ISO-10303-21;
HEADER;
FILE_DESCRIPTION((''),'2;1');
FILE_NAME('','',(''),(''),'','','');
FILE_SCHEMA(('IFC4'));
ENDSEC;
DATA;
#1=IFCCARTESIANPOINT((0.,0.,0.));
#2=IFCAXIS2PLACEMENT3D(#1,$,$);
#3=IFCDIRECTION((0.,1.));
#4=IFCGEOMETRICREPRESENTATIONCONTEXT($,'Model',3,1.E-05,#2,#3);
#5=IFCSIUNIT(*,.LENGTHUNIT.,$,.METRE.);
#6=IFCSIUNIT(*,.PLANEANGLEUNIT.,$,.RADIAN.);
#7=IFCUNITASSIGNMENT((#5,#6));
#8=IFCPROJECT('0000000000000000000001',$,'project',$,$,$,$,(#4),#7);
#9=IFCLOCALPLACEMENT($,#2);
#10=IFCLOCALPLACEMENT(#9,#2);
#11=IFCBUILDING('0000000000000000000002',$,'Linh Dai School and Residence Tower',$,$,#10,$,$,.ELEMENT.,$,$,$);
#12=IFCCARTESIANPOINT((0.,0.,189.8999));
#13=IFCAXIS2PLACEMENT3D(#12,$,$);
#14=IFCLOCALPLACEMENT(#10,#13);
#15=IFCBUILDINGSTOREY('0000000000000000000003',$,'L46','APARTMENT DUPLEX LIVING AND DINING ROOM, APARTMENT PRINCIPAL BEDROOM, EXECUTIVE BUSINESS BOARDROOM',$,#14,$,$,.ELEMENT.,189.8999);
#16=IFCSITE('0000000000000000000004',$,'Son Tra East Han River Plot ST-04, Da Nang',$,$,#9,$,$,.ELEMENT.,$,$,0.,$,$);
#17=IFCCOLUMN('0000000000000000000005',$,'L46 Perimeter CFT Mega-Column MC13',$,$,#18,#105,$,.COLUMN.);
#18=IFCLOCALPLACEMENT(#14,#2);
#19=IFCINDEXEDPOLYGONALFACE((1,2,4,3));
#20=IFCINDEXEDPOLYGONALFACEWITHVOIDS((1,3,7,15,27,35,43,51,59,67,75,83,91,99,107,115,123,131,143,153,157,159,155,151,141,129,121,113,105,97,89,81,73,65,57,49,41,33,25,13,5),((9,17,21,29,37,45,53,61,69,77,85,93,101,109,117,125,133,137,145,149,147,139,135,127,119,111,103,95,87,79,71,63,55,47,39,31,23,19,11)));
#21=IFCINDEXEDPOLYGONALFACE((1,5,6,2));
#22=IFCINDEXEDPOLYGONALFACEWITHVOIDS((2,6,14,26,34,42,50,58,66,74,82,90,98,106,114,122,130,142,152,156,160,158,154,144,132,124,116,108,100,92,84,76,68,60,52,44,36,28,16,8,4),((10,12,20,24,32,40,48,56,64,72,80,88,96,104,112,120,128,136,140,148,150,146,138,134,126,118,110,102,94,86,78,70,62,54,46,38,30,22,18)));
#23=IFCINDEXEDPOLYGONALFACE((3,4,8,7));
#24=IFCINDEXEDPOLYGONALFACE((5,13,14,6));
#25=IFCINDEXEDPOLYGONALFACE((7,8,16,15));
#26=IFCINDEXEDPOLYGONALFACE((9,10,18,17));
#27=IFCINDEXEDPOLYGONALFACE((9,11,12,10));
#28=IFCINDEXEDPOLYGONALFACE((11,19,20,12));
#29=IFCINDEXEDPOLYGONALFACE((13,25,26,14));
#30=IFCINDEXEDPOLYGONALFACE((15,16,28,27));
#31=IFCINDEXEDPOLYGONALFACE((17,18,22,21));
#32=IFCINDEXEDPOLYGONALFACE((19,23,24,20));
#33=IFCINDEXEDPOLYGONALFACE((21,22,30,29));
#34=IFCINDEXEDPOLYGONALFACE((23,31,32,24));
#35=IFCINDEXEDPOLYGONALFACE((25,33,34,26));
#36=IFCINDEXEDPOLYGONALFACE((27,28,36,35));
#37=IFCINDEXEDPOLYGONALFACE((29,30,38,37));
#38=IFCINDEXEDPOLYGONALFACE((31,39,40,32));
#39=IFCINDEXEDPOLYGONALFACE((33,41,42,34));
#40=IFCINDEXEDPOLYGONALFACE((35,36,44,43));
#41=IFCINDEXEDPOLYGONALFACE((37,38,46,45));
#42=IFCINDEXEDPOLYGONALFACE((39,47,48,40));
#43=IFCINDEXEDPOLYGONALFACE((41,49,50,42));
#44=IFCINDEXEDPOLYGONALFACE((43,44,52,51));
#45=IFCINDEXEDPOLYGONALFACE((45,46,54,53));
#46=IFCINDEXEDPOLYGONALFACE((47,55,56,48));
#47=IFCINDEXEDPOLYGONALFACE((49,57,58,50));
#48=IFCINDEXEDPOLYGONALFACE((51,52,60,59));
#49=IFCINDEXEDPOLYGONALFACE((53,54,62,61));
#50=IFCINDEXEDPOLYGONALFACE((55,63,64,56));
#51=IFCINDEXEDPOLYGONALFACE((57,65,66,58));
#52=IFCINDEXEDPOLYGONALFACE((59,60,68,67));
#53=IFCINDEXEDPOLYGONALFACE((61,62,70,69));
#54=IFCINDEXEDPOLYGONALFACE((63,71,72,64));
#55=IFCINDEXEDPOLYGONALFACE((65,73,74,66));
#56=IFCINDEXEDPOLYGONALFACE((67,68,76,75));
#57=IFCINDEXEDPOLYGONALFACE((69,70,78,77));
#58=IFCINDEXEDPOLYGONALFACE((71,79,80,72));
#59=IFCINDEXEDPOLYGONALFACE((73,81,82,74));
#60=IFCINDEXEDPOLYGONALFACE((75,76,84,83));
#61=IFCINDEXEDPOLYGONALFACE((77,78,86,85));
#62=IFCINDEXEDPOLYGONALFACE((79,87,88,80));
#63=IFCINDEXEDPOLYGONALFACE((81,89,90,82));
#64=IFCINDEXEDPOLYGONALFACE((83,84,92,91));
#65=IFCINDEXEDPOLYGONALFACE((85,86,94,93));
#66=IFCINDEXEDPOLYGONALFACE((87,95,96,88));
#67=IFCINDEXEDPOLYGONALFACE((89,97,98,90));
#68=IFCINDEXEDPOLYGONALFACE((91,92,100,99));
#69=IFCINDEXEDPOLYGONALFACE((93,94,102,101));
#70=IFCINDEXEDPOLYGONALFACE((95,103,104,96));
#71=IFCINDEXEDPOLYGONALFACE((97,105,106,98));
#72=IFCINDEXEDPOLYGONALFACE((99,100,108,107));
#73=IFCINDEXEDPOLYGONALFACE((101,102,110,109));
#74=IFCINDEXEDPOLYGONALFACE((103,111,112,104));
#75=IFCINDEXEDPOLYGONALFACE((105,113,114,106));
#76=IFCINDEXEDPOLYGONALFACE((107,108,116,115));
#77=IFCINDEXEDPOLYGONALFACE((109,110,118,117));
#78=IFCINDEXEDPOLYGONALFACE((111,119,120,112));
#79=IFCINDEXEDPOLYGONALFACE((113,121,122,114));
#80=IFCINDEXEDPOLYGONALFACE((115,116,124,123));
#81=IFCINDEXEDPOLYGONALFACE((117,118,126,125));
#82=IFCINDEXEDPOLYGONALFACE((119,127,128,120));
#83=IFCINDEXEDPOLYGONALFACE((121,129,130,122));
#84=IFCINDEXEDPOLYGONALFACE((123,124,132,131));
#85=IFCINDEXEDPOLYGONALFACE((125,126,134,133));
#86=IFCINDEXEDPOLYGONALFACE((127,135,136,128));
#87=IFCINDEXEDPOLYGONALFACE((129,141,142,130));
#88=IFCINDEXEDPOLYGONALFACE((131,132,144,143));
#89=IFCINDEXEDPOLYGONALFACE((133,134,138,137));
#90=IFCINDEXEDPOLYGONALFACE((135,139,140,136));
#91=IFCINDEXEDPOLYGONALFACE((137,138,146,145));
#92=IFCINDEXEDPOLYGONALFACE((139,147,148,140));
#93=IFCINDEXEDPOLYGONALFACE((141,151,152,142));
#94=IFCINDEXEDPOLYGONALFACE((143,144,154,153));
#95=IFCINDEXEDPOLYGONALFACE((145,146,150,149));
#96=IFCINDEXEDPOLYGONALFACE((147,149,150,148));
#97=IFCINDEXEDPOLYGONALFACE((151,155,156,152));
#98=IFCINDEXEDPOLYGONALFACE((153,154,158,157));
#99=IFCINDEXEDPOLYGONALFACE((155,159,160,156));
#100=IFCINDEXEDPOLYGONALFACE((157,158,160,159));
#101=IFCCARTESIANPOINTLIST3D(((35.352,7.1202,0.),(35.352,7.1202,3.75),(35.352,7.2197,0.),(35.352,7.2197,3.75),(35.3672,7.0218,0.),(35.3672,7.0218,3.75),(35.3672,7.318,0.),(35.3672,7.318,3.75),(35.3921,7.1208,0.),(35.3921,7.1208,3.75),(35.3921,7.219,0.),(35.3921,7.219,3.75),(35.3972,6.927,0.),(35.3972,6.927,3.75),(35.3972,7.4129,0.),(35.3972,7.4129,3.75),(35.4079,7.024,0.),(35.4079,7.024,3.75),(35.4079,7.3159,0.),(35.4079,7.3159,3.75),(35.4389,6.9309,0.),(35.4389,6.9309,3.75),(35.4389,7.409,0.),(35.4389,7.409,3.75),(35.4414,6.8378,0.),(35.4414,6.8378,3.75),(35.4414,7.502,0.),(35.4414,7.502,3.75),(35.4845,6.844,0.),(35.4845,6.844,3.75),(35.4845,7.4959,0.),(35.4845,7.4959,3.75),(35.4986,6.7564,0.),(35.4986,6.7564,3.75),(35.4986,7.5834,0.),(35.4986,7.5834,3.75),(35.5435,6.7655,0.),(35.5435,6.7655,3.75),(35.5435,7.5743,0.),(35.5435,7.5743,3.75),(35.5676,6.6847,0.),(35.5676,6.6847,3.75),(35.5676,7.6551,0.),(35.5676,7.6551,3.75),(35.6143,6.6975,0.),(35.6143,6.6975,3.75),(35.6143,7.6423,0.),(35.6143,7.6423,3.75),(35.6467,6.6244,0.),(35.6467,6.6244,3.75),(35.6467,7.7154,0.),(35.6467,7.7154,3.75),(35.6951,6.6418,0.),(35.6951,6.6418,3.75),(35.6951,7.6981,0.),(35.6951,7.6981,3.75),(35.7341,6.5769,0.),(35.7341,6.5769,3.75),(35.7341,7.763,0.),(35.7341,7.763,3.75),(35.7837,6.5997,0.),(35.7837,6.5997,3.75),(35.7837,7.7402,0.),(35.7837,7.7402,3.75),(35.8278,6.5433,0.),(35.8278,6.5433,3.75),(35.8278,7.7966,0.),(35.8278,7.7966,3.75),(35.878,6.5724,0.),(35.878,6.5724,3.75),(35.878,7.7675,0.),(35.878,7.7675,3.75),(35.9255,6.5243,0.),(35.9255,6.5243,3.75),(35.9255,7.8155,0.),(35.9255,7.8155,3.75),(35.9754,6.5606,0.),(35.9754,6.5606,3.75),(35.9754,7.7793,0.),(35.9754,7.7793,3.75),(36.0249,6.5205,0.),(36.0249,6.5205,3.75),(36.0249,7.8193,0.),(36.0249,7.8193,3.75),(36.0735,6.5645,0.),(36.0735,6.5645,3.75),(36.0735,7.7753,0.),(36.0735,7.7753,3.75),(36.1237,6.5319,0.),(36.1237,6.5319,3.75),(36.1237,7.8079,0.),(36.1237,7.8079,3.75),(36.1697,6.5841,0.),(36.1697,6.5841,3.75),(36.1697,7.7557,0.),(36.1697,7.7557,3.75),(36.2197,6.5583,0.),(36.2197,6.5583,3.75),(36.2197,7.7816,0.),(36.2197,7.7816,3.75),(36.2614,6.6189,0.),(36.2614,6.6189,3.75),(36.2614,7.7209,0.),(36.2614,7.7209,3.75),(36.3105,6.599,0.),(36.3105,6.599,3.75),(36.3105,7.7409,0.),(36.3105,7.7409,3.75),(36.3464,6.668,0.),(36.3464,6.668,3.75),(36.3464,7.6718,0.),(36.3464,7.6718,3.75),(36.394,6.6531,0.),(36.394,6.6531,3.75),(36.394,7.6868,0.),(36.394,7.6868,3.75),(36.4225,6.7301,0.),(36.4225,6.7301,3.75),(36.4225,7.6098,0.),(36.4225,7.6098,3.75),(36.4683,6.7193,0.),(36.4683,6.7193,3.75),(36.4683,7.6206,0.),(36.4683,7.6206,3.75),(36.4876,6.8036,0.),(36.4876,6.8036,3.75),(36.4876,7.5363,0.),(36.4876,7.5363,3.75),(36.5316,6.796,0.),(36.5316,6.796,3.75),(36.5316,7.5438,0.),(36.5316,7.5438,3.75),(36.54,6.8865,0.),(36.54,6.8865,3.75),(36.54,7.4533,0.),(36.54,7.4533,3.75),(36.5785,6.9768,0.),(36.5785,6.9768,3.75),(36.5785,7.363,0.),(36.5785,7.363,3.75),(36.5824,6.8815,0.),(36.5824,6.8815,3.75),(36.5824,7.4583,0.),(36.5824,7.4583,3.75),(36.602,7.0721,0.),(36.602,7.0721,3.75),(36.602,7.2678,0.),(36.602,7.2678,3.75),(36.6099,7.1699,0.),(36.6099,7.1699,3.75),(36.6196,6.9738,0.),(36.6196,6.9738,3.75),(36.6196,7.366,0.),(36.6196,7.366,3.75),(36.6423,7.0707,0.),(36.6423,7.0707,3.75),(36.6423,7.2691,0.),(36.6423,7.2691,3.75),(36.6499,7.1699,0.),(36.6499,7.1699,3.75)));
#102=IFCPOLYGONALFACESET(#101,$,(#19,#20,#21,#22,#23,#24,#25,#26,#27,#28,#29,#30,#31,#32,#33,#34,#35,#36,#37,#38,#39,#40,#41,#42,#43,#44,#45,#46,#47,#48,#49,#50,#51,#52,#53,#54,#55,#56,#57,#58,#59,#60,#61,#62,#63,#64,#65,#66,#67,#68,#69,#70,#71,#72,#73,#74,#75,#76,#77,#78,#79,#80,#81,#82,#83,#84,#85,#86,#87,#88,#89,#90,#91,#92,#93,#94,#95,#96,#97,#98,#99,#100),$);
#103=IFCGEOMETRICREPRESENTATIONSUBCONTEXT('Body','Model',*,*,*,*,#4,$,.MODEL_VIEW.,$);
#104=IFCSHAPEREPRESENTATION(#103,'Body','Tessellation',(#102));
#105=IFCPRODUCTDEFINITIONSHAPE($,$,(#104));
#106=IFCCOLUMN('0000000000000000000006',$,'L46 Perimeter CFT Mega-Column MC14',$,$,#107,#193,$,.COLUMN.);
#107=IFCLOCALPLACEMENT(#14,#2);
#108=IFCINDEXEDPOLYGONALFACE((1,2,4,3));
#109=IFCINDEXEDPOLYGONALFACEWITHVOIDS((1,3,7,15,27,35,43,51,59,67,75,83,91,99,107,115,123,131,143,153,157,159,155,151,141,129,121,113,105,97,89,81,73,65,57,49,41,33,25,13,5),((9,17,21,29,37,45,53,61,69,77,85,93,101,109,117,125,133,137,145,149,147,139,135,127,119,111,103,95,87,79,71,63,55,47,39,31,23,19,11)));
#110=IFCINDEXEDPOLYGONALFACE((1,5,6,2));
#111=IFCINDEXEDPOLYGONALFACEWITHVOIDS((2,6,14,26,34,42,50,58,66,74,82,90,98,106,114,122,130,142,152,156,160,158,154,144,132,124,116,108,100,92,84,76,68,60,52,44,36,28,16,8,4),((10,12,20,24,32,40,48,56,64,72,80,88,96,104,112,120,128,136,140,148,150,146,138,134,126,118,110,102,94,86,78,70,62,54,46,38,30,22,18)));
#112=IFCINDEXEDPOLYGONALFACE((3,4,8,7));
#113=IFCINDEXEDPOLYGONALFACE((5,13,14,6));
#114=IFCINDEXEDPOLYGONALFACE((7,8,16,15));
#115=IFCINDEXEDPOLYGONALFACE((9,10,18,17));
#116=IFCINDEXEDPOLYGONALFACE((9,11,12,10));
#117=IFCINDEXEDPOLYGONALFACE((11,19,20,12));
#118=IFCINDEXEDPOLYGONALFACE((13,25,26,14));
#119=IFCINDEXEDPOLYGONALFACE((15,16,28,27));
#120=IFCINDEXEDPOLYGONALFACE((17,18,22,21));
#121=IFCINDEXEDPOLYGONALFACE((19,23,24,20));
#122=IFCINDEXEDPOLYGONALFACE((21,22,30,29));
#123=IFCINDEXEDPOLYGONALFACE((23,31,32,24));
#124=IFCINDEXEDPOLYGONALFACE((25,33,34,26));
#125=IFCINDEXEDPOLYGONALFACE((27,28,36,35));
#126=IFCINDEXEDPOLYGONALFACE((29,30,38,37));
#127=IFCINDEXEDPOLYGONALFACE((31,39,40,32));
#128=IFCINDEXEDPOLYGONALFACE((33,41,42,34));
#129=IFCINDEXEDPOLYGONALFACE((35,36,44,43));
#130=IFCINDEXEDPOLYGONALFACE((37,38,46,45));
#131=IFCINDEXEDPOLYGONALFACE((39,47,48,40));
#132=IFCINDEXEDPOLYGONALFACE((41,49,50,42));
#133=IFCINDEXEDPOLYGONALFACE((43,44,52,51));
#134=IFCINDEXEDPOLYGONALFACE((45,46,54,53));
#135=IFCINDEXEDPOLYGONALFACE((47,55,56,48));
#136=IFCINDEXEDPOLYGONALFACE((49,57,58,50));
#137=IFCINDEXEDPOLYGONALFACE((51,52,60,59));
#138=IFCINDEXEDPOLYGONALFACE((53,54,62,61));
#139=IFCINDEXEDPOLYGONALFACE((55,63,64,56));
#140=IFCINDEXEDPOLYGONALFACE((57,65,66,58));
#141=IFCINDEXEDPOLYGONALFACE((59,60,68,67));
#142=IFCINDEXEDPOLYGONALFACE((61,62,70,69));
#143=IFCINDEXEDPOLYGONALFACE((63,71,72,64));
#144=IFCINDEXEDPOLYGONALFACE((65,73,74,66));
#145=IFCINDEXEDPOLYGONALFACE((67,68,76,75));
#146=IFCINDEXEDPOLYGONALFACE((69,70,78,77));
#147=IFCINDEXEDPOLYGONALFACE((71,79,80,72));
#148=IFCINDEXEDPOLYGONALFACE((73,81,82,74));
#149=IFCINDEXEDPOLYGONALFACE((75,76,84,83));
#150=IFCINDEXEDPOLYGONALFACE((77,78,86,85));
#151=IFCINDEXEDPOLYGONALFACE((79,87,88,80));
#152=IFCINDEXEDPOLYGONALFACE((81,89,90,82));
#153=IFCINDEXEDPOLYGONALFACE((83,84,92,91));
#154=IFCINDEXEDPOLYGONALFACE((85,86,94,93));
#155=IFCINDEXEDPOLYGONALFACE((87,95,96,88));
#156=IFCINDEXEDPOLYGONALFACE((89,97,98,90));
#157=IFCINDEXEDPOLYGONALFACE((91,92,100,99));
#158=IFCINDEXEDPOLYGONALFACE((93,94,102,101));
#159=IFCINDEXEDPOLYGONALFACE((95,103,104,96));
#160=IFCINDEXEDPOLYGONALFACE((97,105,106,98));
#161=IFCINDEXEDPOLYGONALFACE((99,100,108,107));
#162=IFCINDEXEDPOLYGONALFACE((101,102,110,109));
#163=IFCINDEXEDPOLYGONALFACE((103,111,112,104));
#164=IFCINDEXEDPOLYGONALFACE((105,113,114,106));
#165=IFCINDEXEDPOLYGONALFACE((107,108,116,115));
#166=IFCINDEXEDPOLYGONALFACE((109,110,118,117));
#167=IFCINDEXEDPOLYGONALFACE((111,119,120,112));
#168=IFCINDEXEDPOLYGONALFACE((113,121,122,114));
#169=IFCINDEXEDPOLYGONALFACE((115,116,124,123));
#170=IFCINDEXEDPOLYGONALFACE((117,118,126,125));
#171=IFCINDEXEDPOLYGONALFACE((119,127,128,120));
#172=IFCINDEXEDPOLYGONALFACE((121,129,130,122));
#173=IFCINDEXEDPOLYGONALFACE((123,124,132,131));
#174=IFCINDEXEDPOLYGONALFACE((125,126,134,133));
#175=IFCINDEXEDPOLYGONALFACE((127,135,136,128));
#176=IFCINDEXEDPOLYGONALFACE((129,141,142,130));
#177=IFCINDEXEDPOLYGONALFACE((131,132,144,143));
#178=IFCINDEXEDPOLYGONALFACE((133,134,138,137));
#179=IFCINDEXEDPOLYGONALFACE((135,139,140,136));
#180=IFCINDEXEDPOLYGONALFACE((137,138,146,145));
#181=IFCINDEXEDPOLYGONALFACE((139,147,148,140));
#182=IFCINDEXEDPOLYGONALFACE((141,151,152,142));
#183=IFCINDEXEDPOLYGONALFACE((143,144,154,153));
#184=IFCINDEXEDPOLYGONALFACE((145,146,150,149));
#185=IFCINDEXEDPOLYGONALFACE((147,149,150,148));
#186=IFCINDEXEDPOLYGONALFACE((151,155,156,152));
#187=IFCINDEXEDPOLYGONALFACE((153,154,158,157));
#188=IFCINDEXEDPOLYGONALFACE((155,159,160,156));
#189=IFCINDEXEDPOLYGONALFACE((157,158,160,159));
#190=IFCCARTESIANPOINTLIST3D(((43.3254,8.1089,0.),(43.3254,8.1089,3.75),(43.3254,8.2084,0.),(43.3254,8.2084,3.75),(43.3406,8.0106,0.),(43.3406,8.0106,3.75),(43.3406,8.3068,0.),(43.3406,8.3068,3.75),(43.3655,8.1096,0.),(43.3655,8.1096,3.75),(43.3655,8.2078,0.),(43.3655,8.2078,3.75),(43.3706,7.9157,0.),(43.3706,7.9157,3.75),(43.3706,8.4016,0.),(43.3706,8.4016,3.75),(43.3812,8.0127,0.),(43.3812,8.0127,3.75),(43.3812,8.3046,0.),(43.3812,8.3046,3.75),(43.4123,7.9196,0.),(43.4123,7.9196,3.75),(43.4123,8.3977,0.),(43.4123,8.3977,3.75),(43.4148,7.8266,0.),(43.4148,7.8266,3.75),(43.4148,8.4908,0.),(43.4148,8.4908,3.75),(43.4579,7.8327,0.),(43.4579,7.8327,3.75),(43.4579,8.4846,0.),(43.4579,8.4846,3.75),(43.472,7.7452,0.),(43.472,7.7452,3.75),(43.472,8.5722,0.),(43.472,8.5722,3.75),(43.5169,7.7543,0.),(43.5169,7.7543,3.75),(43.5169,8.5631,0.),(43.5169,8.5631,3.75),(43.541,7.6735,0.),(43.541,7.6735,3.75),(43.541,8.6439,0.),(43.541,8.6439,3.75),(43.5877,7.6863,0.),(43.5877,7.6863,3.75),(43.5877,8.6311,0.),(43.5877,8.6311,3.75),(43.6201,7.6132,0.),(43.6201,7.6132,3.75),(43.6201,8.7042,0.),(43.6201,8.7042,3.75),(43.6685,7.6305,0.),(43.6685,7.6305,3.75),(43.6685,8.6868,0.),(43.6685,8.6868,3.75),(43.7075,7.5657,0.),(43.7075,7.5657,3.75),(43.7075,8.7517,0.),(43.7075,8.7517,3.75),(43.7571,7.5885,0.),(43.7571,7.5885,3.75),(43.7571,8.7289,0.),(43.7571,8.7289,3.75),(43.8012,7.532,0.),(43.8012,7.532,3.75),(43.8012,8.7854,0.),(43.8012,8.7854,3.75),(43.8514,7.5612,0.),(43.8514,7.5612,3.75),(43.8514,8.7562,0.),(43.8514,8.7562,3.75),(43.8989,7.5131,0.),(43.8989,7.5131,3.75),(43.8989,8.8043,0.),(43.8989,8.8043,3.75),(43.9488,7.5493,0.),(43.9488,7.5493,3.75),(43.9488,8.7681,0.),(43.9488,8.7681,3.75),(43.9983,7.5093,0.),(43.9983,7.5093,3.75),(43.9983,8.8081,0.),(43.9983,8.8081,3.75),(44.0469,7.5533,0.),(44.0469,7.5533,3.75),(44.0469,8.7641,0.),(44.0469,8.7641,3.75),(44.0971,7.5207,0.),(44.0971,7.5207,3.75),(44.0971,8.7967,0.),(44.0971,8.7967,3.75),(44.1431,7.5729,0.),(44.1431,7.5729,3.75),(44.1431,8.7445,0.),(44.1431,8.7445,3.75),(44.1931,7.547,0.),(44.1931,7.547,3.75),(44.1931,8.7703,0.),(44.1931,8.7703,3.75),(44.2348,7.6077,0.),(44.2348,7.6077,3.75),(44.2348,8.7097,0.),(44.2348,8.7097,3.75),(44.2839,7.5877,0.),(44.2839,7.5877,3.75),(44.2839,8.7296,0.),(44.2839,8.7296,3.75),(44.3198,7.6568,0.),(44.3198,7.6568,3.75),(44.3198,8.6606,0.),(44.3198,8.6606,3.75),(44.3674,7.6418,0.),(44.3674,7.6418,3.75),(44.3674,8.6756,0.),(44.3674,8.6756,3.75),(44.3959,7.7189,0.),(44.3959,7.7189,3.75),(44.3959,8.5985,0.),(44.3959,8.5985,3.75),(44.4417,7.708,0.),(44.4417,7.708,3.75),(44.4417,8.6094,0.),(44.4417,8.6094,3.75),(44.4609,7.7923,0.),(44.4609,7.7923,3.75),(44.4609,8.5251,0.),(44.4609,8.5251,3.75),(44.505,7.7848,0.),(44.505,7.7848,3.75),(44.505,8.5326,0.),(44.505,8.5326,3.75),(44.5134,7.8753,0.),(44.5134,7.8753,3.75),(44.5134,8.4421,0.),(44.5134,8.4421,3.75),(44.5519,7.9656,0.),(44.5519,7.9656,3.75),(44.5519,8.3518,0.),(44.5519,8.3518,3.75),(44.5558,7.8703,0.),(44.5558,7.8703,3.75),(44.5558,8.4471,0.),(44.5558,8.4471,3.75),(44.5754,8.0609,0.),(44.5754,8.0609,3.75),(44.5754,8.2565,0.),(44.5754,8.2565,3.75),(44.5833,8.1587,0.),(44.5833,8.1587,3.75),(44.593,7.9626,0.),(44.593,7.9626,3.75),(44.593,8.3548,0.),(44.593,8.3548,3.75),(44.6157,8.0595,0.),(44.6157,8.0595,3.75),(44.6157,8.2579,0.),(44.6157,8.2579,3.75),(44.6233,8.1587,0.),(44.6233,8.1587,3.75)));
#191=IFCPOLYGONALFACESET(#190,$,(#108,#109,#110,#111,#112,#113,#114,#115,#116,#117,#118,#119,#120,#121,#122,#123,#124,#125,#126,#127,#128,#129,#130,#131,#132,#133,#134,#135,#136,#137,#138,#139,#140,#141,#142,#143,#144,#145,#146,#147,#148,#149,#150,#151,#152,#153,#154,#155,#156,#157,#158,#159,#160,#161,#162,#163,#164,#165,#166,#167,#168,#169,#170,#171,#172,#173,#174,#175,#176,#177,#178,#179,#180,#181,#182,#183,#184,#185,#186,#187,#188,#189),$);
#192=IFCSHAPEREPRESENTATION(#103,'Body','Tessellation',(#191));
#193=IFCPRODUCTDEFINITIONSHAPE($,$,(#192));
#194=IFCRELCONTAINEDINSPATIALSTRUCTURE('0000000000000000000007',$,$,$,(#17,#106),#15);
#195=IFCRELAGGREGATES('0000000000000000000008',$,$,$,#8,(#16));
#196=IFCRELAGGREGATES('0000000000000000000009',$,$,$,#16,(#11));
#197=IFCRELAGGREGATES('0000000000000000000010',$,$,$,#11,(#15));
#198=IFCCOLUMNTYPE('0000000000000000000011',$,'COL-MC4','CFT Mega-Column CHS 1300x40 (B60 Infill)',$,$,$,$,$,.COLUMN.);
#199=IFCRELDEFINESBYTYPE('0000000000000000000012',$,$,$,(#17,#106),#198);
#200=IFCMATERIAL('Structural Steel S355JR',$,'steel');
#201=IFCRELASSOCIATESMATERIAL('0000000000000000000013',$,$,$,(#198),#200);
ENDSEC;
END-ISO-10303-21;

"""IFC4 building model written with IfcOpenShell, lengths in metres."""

from ifc_helpers import new_model, si_unit, direction, frame, origin, origin_2d, place, context, subcontext, project, spatial, hollow_circle, extrude, material, material_profile, profile_set, type_object, element, save


model = new_model("IFC4")

# Units and contexts
model_context = context("Model", 3, precision=1e-05, world=origin(), true_north=direction((0.0, 1.0)))
body_context = subcontext(model_context, "Body", "Model", "MODEL_VIEW")
ifc_project = project(units=[si_unit("LENGTHUNIT", "METRE"), si_unit("PLANEANGLEUNIT", "RADIAN")], contexts=[model_context])

# Site, building, storey
site_placement = place(None, origin())
site = spatial("IfcSite", under=ifc_project, at=site_placement, Name="Son Tra East Han River Plot ST-04, Da Nang", CompositionType="ELEMENT", RefElevation=0.0)
building_placement = place(site_placement, origin())
building = spatial("IfcBuilding", under=site, at=building_placement, Name="Linh Dai School and Residence Tower", CompositionType="ELEMENT")
storey_placement = place(building_placement, frame((0.0, 0.0, 189.8999)))
storey = spatial("IfcBuildingStorey", under=building, at=storey_placement, Name="L46", Description="APARTMENT DUPLEX LIVING AND DINING ROOM, APARTMENT PRINCIPAL BEDROOM, EXECUTIVE BUSINESS BOARDROOM", CompositionType="ELEMENT", Elevation=189.8999)

# Columns
ifc_material_1 = material(Name="Structural Steel S355JR", Category="steel")
ifc_material_profile_1 = material_profile(ifc_material_1, hollow_circle(Radius=0.6499, WallThickness=0.04, at=origin_2d()), Name="CHS 1300x40")
ifc_profile_set_1 = profile_set([ifc_material_profile_1], Name="Structural Steel S355JR")
column_type = type_object("IfcColumnType", Name="COL-MC4", Description="CFT Mega-Column CHS 1300x40 (B60 Infill)", PredefinedType="COLUMN", material=ifc_profile_set_1)
for number, where, z_axis, x_axis, name in (
    (1, (36.0, 7.1699, 0.0), (0.0, 0.0, 1.0), (1.0, 0.0, 0.0), "L46 Perimeter CFT Mega-Column MC13"),
    (2, (43.9734, 8.1587, 0.0), (0.0, 0.0, 1.0), (1.0, 0.0, 0.0), "L46 Perimeter CFT Mega-Column MC14"),
):
    element("IfcColumn", number, at=place(storey_placement, frame(where, z_axis=z_axis, x_axis=x_axis)), inside=storey, type_object=column_type, Name=name, PredefinedType="COLUMN", context=body_context, shape_type="SweptSolid", body=[
        extrude(hollow_circle(Radius=0.6499, WallThickness=0.04, at=origin_2d()), origin(), (0.0, 0.0, 1.0), 3.75),
    ])

save(model, "model.ifc")
